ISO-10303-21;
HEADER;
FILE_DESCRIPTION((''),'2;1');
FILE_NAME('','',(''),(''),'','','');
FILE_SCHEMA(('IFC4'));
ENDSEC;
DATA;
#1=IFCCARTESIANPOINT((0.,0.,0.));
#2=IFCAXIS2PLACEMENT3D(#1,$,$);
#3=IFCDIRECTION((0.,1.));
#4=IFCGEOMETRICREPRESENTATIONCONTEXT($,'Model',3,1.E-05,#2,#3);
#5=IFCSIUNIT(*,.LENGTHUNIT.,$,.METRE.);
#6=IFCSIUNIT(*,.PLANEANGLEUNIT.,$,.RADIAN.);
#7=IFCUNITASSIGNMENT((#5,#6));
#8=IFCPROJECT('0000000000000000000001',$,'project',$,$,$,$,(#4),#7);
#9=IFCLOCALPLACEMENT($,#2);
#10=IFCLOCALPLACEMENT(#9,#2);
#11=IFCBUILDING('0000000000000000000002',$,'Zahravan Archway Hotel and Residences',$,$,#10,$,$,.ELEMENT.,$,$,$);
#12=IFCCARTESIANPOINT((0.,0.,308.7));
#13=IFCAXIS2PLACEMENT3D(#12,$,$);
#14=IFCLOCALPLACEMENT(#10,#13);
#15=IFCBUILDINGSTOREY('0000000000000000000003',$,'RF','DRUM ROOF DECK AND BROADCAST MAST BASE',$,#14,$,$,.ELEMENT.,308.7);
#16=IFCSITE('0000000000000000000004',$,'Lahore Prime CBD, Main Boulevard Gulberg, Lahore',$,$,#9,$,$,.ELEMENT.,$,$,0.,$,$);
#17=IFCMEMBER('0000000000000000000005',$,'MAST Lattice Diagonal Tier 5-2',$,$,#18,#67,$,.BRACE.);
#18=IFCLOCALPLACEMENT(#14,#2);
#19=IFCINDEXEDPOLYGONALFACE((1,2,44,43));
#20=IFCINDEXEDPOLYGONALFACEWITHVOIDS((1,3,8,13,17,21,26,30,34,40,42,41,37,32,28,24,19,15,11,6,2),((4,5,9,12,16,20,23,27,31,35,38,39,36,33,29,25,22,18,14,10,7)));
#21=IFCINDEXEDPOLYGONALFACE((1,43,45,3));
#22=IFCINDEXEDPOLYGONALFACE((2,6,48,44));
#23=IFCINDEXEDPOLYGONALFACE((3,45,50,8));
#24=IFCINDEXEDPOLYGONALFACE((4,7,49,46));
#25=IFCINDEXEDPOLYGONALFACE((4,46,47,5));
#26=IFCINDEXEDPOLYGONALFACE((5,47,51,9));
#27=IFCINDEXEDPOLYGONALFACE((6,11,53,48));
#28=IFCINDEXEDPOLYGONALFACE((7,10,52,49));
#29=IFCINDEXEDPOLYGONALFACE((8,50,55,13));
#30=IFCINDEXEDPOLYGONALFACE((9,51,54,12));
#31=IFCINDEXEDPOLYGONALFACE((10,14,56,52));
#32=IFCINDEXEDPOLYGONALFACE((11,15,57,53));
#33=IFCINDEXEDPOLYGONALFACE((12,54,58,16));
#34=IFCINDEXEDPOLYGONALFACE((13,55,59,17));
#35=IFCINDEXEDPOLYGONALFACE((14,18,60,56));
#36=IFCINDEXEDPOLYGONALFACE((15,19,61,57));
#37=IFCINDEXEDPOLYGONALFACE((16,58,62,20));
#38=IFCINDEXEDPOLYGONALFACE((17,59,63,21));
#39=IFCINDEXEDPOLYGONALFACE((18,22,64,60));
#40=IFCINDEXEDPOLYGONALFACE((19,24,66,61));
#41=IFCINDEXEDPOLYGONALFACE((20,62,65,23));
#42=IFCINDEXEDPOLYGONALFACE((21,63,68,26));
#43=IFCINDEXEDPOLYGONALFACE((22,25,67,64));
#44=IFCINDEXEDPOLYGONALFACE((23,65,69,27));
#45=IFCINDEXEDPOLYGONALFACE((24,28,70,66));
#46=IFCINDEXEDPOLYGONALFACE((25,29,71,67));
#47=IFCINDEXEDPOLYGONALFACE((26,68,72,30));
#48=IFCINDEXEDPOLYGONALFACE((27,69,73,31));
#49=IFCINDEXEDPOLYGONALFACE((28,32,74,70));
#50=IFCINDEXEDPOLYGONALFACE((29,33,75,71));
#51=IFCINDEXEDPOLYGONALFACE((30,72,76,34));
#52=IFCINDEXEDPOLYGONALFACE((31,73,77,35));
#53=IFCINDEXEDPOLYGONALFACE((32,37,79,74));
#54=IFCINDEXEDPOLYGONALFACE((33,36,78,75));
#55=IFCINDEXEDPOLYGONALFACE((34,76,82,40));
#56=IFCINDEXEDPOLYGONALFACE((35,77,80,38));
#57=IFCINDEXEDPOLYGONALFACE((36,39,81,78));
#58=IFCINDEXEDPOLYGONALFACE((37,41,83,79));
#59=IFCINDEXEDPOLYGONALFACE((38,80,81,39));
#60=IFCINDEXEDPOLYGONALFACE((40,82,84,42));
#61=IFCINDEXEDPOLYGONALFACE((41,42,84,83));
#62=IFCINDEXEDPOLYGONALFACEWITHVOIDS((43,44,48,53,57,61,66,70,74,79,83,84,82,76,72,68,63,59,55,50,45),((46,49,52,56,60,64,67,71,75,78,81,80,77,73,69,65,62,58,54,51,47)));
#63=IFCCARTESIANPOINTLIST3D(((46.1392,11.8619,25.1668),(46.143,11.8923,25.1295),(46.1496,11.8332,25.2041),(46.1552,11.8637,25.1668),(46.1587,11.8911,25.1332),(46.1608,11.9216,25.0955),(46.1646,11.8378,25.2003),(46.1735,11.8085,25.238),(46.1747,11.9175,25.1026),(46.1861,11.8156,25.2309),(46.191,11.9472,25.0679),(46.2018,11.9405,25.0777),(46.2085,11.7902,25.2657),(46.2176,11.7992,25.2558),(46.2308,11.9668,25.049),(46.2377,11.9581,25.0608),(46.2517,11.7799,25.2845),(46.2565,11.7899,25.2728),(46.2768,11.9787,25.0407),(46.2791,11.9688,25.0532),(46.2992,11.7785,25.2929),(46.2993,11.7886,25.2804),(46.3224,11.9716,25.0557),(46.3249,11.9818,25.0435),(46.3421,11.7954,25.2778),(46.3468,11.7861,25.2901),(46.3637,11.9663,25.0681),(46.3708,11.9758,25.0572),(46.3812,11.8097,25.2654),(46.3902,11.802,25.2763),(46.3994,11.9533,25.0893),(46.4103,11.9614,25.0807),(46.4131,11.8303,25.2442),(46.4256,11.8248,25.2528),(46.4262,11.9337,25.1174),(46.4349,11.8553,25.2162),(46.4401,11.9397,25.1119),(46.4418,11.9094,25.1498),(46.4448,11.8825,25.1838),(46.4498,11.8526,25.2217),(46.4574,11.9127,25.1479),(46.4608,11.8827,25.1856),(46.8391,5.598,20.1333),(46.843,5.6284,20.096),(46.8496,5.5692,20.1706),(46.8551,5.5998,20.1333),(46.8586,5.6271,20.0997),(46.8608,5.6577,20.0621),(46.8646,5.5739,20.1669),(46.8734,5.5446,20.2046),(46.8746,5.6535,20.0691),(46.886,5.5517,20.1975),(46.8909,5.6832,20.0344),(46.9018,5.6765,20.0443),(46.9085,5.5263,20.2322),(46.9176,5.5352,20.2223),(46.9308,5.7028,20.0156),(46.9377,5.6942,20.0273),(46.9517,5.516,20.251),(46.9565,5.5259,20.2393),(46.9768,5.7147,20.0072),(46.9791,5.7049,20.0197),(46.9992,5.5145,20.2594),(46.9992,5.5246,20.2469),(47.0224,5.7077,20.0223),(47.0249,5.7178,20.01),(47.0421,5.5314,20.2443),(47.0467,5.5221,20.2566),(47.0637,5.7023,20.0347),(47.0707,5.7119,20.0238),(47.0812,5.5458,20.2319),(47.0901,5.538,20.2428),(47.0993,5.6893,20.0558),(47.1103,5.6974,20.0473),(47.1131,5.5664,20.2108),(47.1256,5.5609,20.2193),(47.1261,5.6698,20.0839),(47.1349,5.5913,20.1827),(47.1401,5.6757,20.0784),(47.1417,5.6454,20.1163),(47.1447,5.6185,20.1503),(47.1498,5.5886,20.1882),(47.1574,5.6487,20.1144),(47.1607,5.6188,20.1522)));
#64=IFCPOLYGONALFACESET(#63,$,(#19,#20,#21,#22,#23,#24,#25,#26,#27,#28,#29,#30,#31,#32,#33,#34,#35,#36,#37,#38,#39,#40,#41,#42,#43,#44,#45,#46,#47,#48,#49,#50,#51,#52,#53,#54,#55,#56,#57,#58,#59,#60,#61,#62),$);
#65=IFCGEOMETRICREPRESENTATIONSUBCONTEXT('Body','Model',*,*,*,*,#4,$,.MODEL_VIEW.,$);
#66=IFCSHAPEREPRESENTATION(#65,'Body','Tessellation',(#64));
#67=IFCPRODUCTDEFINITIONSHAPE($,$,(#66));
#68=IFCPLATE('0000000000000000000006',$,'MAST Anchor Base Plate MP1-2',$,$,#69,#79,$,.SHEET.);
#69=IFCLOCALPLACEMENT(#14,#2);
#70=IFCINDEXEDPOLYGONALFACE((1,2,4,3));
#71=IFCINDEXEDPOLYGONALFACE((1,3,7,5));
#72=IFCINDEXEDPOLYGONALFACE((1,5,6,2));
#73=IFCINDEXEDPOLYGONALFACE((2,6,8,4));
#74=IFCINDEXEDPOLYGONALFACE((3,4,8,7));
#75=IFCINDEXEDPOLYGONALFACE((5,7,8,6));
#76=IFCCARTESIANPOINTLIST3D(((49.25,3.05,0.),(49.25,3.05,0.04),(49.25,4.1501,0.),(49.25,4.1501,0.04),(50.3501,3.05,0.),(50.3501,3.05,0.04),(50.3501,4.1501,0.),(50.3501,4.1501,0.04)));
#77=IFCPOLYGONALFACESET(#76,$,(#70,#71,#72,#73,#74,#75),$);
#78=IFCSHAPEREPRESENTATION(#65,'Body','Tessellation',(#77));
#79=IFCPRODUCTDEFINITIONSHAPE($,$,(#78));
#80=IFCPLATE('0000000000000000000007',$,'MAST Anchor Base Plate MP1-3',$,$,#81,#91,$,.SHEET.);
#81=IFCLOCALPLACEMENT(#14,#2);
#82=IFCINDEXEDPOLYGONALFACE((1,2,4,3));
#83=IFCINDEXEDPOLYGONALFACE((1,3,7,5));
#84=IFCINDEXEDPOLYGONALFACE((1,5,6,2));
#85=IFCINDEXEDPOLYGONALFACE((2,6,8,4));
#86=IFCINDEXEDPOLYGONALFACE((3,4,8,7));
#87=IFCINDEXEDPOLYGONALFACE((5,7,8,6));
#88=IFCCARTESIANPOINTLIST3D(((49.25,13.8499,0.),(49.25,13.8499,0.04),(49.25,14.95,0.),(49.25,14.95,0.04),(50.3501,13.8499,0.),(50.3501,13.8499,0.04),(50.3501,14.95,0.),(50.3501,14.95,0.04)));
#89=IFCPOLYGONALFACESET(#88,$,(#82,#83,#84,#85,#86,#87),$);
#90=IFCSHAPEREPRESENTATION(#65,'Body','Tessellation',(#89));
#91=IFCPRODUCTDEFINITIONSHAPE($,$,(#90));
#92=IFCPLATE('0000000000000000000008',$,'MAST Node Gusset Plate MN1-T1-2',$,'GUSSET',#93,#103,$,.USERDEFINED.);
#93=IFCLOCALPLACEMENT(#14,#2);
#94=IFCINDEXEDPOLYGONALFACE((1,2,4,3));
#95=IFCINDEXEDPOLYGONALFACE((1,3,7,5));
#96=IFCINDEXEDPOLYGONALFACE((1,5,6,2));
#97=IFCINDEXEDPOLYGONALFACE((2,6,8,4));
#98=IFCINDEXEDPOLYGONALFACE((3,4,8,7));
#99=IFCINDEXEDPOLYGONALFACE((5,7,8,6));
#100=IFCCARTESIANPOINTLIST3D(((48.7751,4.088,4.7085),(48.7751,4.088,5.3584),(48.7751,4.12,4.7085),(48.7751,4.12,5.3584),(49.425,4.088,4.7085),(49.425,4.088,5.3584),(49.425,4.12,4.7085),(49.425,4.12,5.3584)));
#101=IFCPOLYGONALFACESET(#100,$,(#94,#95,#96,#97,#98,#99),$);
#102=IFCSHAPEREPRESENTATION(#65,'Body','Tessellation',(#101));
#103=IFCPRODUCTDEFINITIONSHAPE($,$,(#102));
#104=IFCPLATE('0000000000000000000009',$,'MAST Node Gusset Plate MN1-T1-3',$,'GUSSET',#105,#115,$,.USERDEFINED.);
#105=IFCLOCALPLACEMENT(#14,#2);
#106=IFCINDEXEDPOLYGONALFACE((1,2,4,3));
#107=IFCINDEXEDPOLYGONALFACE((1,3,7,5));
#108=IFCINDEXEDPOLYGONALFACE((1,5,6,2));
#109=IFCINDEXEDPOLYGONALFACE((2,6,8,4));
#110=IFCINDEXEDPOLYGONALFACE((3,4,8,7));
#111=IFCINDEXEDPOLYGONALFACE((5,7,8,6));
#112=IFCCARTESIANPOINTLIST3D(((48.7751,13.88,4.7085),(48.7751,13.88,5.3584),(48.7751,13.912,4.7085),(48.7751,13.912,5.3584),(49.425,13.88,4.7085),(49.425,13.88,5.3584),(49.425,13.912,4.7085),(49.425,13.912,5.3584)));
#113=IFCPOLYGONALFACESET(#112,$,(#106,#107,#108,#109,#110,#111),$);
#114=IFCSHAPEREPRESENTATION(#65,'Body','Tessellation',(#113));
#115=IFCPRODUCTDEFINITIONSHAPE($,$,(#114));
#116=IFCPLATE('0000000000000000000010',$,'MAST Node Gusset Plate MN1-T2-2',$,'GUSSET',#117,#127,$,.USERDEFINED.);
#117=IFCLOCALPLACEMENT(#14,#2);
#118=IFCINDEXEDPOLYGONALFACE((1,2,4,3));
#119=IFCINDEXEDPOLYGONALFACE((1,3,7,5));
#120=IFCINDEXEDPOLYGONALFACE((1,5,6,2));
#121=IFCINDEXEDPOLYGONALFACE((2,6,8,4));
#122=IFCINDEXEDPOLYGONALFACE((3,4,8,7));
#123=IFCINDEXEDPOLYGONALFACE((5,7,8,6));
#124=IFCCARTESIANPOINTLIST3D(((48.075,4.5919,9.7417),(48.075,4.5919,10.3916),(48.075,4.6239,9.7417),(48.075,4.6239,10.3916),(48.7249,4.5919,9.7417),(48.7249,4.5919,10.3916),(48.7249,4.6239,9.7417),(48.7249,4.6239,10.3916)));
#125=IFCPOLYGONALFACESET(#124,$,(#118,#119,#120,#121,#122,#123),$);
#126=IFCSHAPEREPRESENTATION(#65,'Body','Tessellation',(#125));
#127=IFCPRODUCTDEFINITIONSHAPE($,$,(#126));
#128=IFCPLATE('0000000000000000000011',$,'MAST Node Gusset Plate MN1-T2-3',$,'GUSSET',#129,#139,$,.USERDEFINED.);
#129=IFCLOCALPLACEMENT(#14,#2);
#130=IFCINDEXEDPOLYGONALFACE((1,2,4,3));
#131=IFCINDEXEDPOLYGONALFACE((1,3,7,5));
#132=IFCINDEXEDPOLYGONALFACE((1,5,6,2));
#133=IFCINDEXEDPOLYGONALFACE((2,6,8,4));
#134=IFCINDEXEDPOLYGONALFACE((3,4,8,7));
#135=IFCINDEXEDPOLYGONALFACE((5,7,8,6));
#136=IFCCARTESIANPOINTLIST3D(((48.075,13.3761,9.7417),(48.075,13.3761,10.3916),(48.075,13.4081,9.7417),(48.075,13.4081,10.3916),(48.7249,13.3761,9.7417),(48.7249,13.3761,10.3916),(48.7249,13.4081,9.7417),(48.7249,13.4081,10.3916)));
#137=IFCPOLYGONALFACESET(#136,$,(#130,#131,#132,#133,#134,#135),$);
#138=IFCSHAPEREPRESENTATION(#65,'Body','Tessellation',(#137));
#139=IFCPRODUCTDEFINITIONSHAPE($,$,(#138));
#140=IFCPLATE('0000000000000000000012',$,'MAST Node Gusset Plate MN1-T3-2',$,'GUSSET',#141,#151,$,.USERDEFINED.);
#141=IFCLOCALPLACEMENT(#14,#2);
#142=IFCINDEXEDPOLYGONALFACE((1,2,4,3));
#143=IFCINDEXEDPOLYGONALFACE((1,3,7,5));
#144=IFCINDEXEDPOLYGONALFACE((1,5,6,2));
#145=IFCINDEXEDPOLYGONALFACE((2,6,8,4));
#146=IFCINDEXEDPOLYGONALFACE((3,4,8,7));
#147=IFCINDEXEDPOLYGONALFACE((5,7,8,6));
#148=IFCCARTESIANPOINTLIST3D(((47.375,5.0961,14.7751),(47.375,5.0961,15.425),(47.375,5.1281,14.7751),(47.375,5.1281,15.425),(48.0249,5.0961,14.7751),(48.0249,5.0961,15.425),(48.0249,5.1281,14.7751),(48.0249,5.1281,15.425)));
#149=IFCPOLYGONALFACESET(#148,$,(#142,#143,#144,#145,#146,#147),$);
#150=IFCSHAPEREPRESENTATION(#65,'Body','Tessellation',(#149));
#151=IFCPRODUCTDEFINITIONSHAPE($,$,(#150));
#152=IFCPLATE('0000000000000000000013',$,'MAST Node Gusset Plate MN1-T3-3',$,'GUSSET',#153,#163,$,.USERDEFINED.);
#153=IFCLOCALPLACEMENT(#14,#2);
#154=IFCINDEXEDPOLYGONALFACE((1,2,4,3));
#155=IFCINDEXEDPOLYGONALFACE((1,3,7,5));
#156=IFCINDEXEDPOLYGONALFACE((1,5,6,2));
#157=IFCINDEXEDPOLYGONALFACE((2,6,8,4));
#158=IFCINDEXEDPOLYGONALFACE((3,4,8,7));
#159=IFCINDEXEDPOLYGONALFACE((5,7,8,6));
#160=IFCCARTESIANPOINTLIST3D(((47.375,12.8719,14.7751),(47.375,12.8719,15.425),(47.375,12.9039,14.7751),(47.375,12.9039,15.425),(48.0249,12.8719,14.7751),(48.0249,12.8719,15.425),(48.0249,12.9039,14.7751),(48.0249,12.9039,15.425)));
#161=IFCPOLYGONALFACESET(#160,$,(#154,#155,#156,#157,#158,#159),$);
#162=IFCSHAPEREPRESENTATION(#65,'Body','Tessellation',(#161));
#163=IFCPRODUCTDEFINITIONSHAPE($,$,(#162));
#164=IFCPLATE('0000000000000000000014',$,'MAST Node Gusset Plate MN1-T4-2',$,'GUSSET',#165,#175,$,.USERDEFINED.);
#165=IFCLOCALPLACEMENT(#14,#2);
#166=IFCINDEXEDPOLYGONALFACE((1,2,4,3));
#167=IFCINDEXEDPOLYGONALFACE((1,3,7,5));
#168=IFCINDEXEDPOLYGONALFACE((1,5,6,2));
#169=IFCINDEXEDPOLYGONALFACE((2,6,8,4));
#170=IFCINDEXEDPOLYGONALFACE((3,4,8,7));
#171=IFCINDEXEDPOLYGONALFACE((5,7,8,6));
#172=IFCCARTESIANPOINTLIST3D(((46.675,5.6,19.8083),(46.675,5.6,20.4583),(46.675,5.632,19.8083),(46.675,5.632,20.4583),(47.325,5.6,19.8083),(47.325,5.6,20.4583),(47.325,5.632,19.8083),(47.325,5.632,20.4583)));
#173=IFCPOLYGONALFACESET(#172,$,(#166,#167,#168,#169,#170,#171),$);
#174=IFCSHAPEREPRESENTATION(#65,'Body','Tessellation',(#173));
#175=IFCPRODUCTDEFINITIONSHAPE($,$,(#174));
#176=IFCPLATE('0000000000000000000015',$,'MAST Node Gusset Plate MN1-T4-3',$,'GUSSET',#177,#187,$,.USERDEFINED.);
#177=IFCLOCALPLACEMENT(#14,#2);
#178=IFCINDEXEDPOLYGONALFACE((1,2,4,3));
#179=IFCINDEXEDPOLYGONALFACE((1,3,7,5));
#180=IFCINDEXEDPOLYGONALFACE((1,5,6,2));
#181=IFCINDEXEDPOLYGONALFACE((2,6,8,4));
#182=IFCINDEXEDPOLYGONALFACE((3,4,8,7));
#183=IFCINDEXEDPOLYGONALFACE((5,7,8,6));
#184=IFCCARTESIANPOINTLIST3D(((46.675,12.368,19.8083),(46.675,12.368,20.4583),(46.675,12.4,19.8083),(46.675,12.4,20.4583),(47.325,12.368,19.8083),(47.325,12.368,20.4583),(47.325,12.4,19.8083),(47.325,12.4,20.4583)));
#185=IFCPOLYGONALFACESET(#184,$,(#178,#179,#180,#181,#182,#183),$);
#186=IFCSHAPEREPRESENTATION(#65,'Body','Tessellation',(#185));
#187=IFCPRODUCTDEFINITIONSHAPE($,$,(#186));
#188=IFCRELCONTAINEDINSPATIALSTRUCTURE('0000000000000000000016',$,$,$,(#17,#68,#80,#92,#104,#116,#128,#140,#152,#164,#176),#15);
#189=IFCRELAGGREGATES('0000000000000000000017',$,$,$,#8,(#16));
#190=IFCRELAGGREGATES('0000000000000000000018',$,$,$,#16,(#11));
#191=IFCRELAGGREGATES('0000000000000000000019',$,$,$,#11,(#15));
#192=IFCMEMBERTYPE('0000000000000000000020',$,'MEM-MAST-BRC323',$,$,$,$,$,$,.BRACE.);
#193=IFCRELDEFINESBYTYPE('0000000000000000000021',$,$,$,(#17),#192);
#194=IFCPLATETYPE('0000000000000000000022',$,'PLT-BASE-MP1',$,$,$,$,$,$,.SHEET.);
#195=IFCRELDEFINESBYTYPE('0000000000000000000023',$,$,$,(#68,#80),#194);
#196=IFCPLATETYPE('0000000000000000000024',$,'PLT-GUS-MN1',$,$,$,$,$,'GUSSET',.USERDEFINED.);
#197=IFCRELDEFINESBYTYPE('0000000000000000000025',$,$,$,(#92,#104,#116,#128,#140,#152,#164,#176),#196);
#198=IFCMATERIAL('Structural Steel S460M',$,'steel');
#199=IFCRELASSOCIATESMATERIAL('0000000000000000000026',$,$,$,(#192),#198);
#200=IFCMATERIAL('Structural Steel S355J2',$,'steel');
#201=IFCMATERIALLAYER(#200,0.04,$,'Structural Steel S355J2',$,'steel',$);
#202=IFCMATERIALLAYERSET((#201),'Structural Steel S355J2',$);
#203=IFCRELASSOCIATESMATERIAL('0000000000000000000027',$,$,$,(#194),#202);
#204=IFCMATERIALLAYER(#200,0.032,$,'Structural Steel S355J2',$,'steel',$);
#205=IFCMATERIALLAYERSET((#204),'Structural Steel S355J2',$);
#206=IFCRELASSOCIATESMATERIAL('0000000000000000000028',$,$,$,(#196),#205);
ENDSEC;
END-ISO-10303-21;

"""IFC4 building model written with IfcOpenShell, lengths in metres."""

from ifc_helpers import new_model, si_unit, direction, frame, origin, origin_2d, place, context, subcontext, project, spatial, rectangle, hollow_circle, extrude, source, transform, mapped, material, layer, layer_set, material_profile, profile_set, type_object, type_shapes, element, save


model = new_model("IFC4")

# Units and contexts
model_context = context("Model", 3, precision=1e-05, world=origin(), true_north=direction((0.0, 1.0)))
body_context = subcontext(model_context, "Body", "Model", "MODEL_VIEW")
ifc_project = project(units=[si_unit("LENGTHUNIT", "METRE"), si_unit("PLANEANGLEUNIT", "RADIAN")], contexts=[model_context])

# Site, building, storey
site_placement = place(None, origin())
site = spatial("IfcSite", under=ifc_project, at=site_placement, Name="Lahore Prime CBD, Main Boulevard Gulberg, Lahore", CompositionType="ELEMENT", RefElevation=0.0)
building_placement = place(site_placement, origin())
building = spatial("IfcBuilding", under=site, at=building_placement, Name="Zahravan Archway Hotel and Residences", CompositionType="ELEMENT")
storey_placement = place(building_placement, frame((0.0, 0.0, 308.7)))
storey = spatial("IfcBuildingStorey", under=building, at=storey_placement, Name="RF", Description="DRUM ROOF DECK AND BROADCAST MAST BASE", CompositionType="ELEMENT", Elevation=308.7)

# Member
ifc_material_1 = material(Name="Structural Steel S460M", Category="steel")
ifc_material_profile_1 = material_profile(ifc_material_1, hollow_circle(Radius=0.1619, WallThickness=0.0161, at=origin_2d()), Name="CHS 323.9x16", Category="steel")
ifc_profile_set_1 = profile_set([ifc_material_profile_1], Name="Structural Steel S460M")
member_type_1 = type_object("IfcMemberType", Name="MEM-MAST-BRC323", PredefinedType="BRACE", material=ifc_profile_set_1)
shared_shape_1 = source(origin(), body_context, "Body", "SweptSolid", [
    extrude(hollow_circle(Radius=0.1619, WallThickness=0.0161, at=origin_2d()), origin(), (0.0, 0.0, 1.0), 8.0662),
])
member_1_placement = place(storey_placement, frame((47.0, 5.616, 20.1333), z_axis=(-0.086777, 0.776572, 0.624024), x_axis=(-0.993815, -0.111052, 0.0)))
element("IfcMember", 1, at=member_1_placement, inside=storey, type_object=member_type_1, Name="MAST Lattice Diagonal Tier 5-2", PredefinedType="BRACE", context=body_context, shape_type="MappedRepresentation", body=[
    mapped(shared_shape_1, transform((0.0, 0.0, 0.0), scale=1.0)),
])

# Plates
ifc_material_2 = material(Name="Structural Steel S355J2", Category="steel")
ifc_layer_1 = layer(ifc_material_2, 0.04, Name="Structural Steel S355J2", Category="steel")
ifc_layer_set_1 = layer_set([ifc_layer_1], Name="Structural Steel S355J2")
plate_type_1 = type_object("IfcPlateType", Name="PLT-BASE-MP1", PredefinedType="SHEET", material=ifc_layer_set_1)
shared_shape_2 = source(origin(), body_context, "Body", "SweptSolid", [
    extrude(rectangle(XDim=1.1001, YDim=1.1001, at=origin_2d()), origin(), (0.0, 0.0, 1.0), 0.04),
])
type_shapes(plate_type_1, [shared_shape_2])
for number, where, z_axis, x_axis, name in (
    (2, (49.8, 3.6001, 0.0), (0.0, 0.0, 1.0), (1.0, 0.0, 0.0), "MAST Anchor Base Plate MP1-2"),
    (3, (49.8, 14.3999, 0.0), (0.0, 0.0, 1.0), (1.0, 0.0, 0.0), "MAST Anchor Base Plate MP1-3"),
):
    element("IfcPlate", number, at=place(storey_placement, frame(where, z_axis=z_axis, x_axis=x_axis)), inside=storey, type_object=plate_type_1, Name=name, PredefinedType="SHEET", context=body_context, shape_type="MappedRepresentation", body=[
        mapped(shared_shape_2, transform((0.0, 0.0, 0.0), scale=1.0)),
    ])
ifc_layer_2 = layer(ifc_material_2, 0.032, Name="Structural Steel S355J2", Category="steel")
ifc_layer_set_2 = layer_set([ifc_layer_2], Name="Structural Steel S355J2")
plate_type_2 = type_object("IfcPlateType", Name="PLT-GUS-MN1", ElementType="GUSSET", PredefinedType="USERDEFINED", material=ifc_layer_set_2)
shared_shape_3 = source(origin(), body_context, "Body", "SweptSolid", [
    extrude(rectangle(XDim=0.6499, YDim=0.032, at=origin_2d()), origin(), (0.0, 0.0, 1.0), 0.6499),
])
type_shapes(plate_type_2, [shared_shape_3])
for number, where, z_axis, x_axis, name in (
    (4, (49.1001, 4.104, 4.7085), (0.0, 0.0, 1.0), (1.0, 0.0, 0.0), "MAST Node Gusset Plate MN1-T1-2"),
    (5, (49.1001, 13.896, 4.7085), (0.0, 0.0, 1.0), (1.0, 0.0, 0.0), "MAST Node Gusset Plate MN1-T1-3"),
    (6, (48.3999, 4.6079, 9.7417), (0.0, 0.0, 1.0), (1.0, 0.0, 0.0), "MAST Node Gusset Plate MN1-T2-2"),
    (7, (48.3999, 13.3921, 9.7417), (0.0, 0.0, 1.0), (1.0, 0.0, 0.0), "MAST Node Gusset Plate MN1-T2-3"),
    (8, (47.7, 5.1121, 14.7751), (0.0, 0.0, 1.0), (1.0, 0.0, 0.0), "MAST Node Gusset Plate MN1-T3-2"),
    (9, (47.7, 12.8879, 14.7751), (0.0, 0.0, 1.0), (1.0, 0.0, 0.0), "MAST Node Gusset Plate MN1-T3-3"),
    (10, (47.0, 5.616, 19.8083), (0.0, 0.0, 1.0), (1.0, 0.0, 0.0), "MAST Node Gusset Plate MN1-T4-2"),
    (11, (47.0, 12.384, 19.8083), (0.0, 0.0, 1.0), (1.0, 0.0, 0.0), "MAST Node Gusset Plate MN1-T4-3"),
):
    element("IfcPlate", number, at=place(storey_placement, frame(where, z_axis=z_axis, x_axis=x_axis)), inside=storey, type_object=plate_type_2, Name=name, ObjectType="GUSSET", PredefinedType="USERDEFINED", context=body_context, shape_type="MappedRepresentation", body=[
        mapped(shared_shape_3, transform((0.0, 0.0, 0.0), scale=1.0)),
    ])

save(model, "model.ifc")
